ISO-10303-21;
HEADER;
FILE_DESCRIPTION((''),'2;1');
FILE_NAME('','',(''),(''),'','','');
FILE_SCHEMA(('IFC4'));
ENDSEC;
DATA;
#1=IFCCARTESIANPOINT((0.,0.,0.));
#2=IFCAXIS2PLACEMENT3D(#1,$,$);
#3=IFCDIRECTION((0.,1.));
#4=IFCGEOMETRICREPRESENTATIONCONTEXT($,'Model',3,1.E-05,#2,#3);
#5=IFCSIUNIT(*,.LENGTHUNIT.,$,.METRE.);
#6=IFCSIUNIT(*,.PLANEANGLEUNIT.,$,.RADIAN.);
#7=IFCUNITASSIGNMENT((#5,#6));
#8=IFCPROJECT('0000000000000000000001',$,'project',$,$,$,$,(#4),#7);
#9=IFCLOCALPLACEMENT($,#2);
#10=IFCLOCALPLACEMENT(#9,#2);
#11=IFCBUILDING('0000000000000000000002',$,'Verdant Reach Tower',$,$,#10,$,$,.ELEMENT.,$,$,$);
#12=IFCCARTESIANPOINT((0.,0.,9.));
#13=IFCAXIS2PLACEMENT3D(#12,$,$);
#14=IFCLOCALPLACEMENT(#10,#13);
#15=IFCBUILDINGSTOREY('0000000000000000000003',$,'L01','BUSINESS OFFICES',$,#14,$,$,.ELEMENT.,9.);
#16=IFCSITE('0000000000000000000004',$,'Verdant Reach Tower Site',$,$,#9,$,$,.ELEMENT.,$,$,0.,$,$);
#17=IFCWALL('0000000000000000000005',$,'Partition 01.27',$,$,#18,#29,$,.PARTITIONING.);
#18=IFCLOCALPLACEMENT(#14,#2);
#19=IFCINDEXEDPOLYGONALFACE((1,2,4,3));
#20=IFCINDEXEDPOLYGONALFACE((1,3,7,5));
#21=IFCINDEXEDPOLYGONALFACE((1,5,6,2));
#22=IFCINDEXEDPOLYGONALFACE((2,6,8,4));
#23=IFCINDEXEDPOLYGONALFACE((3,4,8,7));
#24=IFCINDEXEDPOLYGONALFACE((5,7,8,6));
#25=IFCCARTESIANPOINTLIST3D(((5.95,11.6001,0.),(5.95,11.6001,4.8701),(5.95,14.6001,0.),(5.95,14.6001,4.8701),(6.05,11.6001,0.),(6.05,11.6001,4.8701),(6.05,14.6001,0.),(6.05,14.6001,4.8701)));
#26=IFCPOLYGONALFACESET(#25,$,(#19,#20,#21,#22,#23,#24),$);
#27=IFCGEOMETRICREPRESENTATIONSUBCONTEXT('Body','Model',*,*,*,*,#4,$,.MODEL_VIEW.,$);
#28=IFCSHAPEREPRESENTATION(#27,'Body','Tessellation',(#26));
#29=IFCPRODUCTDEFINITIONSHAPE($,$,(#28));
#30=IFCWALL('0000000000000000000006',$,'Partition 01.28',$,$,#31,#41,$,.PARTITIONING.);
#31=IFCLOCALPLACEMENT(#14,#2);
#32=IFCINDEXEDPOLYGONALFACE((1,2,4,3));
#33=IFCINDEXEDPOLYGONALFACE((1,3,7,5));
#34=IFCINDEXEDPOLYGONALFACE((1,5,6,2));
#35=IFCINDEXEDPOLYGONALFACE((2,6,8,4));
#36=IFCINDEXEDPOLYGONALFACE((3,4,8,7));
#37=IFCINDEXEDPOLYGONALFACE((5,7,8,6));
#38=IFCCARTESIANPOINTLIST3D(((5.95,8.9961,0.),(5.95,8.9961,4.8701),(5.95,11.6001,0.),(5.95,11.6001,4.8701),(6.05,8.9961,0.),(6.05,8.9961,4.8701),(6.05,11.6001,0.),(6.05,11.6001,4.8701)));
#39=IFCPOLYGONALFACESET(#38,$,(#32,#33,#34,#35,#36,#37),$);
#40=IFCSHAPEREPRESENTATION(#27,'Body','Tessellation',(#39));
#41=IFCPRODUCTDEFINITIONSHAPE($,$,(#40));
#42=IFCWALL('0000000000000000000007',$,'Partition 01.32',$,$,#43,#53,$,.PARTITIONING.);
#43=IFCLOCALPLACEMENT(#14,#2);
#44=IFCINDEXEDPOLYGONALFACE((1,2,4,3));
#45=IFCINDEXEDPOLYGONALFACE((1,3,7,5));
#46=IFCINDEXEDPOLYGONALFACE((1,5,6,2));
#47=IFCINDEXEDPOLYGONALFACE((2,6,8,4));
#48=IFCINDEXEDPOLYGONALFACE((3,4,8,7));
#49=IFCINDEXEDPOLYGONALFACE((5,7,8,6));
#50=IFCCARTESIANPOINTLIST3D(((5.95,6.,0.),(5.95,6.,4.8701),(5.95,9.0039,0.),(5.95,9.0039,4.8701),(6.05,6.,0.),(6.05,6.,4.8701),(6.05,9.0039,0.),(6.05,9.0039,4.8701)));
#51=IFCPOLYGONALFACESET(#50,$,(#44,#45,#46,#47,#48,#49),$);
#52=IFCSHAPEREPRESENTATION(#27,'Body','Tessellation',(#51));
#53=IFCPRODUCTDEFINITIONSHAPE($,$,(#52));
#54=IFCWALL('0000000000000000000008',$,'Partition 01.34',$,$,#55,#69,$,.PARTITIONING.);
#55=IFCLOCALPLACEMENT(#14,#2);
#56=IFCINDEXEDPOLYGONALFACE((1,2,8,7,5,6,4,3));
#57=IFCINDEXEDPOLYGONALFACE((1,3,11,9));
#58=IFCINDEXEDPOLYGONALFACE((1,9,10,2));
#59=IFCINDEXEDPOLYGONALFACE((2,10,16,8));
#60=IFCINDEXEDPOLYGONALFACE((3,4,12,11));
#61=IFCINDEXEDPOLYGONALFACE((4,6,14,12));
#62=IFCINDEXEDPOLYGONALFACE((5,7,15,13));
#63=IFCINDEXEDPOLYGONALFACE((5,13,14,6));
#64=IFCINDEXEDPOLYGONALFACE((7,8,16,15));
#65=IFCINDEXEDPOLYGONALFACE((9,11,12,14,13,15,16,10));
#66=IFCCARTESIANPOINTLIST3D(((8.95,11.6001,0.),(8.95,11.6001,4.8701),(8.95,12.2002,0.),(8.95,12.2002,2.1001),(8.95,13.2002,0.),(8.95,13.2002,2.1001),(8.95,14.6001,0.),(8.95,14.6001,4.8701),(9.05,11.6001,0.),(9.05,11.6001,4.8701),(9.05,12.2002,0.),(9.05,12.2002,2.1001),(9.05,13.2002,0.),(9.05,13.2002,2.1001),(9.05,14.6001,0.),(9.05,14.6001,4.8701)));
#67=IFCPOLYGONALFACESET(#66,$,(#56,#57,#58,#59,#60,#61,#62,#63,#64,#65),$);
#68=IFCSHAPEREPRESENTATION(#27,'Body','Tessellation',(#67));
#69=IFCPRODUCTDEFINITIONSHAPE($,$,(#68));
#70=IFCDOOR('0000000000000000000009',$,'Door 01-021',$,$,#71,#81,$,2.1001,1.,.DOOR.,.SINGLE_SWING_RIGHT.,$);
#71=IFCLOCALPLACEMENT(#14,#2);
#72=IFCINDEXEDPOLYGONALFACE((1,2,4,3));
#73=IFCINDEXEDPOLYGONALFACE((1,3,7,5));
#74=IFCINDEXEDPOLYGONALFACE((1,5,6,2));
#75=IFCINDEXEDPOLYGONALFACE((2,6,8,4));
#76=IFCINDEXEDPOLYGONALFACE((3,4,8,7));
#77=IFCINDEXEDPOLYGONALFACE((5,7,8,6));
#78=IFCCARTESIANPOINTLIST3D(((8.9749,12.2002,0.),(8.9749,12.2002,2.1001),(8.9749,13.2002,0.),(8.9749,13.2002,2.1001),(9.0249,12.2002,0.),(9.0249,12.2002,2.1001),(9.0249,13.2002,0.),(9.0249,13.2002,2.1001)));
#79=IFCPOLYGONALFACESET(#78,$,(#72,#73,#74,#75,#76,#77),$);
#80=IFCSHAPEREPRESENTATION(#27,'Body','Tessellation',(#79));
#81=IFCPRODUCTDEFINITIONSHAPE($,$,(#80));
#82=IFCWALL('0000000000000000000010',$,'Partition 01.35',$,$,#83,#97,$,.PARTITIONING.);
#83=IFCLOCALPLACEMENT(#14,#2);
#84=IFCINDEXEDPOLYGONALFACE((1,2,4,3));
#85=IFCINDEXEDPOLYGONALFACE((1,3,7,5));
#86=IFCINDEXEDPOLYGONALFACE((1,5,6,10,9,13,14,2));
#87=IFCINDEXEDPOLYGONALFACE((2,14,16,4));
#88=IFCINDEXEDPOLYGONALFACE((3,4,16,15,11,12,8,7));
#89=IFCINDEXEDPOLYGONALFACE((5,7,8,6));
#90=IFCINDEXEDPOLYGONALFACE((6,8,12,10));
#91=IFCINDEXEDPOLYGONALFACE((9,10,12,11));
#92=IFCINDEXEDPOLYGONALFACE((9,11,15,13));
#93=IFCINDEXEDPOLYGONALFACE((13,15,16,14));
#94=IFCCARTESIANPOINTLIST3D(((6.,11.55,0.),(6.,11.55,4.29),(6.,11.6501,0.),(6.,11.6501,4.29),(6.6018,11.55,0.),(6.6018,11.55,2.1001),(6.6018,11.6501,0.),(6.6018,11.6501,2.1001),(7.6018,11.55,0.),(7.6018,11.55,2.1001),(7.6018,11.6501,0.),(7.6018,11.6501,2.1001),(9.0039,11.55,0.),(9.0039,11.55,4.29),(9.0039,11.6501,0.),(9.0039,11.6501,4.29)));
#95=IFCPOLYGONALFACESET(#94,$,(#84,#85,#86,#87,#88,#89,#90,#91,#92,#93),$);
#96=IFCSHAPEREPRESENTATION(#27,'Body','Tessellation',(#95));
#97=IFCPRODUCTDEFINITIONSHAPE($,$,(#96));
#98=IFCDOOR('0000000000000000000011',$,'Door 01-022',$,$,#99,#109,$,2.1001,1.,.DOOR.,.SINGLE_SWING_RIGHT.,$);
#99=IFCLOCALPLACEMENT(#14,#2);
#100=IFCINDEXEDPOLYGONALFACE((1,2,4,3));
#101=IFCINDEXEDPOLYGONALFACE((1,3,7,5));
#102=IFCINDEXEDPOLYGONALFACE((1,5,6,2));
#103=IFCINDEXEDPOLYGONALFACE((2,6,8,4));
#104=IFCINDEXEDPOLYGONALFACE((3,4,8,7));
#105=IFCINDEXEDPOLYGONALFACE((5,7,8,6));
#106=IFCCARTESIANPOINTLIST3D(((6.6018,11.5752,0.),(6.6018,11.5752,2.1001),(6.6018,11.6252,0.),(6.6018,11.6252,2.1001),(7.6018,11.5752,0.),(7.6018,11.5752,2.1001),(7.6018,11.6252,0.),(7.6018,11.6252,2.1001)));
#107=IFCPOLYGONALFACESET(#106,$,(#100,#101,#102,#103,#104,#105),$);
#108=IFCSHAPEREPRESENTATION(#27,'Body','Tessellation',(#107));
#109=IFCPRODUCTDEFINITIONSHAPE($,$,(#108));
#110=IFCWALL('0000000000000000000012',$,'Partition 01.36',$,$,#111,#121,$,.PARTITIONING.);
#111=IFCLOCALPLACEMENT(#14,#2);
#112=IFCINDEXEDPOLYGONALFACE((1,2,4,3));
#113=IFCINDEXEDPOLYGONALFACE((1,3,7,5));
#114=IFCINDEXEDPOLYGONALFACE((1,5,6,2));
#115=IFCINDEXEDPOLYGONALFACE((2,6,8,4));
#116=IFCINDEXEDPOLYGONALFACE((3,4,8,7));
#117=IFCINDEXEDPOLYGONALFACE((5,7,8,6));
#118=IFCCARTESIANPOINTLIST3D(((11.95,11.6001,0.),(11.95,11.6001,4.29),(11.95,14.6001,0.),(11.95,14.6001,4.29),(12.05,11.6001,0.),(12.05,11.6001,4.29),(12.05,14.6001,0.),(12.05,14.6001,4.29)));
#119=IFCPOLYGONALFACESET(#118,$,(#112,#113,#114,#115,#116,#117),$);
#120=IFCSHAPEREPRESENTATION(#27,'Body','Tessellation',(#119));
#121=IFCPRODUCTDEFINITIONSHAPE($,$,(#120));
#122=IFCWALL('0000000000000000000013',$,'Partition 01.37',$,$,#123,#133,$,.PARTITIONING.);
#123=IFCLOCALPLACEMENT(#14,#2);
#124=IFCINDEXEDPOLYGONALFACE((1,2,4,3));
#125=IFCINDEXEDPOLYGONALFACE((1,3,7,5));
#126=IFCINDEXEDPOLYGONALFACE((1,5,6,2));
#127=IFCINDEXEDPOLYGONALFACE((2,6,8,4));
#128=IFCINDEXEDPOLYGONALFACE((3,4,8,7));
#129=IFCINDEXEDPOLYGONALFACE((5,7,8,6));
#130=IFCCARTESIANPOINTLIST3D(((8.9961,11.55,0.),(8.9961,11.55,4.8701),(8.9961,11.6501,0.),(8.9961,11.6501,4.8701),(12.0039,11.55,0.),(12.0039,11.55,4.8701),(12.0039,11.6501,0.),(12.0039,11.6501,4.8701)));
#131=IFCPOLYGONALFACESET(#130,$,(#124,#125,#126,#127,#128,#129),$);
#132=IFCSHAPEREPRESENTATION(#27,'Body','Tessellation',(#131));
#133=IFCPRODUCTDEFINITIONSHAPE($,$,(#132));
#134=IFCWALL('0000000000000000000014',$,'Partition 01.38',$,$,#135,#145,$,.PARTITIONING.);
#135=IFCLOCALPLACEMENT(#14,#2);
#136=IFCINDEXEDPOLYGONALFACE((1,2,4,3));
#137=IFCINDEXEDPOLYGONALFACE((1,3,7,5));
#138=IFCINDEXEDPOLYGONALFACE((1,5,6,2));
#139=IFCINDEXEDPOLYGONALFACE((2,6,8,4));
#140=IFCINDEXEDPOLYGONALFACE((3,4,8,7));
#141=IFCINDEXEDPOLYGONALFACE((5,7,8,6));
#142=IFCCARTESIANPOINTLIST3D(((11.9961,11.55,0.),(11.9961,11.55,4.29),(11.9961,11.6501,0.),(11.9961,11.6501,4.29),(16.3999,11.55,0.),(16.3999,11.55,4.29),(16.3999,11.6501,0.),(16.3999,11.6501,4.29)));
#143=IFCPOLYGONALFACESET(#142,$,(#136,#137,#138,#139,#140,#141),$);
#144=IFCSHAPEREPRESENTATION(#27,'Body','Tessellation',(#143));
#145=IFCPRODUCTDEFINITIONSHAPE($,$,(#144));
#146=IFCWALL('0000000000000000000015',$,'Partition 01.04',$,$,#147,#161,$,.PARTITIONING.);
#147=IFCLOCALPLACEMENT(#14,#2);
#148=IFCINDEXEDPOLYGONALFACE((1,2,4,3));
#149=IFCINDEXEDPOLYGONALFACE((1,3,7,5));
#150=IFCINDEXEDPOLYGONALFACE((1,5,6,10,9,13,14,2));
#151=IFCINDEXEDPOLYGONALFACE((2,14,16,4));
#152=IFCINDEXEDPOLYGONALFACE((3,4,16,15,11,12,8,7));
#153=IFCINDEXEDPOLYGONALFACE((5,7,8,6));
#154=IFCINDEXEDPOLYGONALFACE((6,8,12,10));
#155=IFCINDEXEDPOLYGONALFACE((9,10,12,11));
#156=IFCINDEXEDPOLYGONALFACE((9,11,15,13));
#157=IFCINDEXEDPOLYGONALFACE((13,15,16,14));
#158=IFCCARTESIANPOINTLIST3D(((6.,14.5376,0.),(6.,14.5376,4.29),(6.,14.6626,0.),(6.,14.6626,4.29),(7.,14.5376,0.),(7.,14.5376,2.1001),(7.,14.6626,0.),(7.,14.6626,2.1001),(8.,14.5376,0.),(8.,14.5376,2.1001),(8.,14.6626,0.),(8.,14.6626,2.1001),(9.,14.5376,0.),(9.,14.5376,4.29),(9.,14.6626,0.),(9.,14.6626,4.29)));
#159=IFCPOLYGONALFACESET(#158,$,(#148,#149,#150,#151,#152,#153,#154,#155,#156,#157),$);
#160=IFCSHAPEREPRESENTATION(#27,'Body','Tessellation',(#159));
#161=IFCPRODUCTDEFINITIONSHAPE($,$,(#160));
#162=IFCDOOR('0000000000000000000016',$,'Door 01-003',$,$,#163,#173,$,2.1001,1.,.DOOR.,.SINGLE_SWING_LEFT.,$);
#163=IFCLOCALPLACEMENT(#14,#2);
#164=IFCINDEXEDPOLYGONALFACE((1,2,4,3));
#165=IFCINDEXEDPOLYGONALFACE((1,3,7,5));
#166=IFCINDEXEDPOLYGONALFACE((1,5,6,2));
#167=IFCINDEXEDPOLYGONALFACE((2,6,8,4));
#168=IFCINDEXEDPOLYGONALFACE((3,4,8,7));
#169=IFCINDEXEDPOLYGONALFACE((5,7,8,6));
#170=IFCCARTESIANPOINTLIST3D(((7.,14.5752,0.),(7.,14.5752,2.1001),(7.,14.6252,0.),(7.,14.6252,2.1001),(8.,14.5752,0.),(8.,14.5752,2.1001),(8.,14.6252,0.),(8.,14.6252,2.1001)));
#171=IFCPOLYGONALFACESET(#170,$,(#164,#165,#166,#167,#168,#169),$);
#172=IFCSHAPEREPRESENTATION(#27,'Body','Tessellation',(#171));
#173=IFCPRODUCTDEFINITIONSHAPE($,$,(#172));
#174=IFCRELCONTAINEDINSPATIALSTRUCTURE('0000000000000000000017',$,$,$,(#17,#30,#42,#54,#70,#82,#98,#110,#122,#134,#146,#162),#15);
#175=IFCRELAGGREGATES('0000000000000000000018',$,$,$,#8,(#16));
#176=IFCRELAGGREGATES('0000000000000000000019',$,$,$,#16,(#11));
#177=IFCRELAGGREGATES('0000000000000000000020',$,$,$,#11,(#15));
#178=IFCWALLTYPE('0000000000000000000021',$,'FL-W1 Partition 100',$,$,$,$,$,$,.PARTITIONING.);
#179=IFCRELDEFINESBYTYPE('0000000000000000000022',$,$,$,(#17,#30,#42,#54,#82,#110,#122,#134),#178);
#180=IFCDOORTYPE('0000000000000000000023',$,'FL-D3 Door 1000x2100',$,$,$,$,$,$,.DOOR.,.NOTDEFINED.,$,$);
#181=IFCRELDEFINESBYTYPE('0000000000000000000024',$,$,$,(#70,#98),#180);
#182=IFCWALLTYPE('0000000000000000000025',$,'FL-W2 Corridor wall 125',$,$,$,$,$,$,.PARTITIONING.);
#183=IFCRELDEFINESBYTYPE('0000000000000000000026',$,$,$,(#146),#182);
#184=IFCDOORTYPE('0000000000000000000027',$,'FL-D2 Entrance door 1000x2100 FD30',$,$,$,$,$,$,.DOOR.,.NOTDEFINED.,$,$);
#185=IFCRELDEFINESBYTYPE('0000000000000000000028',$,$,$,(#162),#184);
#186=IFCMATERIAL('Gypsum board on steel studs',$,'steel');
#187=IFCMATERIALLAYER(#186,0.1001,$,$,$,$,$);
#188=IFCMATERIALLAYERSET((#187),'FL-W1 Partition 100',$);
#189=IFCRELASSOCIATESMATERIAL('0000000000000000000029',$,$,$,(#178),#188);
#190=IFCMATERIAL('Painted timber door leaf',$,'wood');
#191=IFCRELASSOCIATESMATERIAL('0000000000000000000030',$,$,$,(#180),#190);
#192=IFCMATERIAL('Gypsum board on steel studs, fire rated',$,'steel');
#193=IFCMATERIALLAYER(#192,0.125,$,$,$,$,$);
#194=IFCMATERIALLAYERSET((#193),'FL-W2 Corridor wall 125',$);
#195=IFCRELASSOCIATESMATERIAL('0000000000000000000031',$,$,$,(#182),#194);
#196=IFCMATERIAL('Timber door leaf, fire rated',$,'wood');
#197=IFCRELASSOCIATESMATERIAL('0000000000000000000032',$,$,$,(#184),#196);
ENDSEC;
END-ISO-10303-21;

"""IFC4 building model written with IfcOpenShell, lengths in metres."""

from ifc_helpers import new_model, si_unit, direction, frame, frame_2d, origin, place, context, subcontext, project, spatial, rectangle, extrude, material, layer, layer_set, type_object, element, fill, save


model = new_model("IFC4")

# Units and contexts
model_context = context("Model", 3, precision=1e-05, world=origin(), true_north=direction((0.0, 1.0)))
body_context = subcontext(model_context, "Body", "Model", "MODEL_VIEW")
ifc_project = project(units=[si_unit("LENGTHUNIT", "METRE"), si_unit("PLANEANGLEUNIT", "RADIAN")], contexts=[model_context])

# Site, building, storey
site_placement = place(None, origin())
site = spatial("IfcSite", under=ifc_project, at=site_placement, Name="Verdant Reach Tower Site", CompositionType="ELEMENT", RefElevation=0.0)
building_placement = place(site_placement, origin())
building = spatial("IfcBuilding", under=site, at=building_placement, Name="Verdant Reach Tower", CompositionType="ELEMENT")
storey_placement = place(building_placement, frame((0.0, 0.0, 9.0)))
storey = spatial("IfcBuildingStorey", under=building, at=storey_placement, Name="L01", Description="BUSINESS OFFICES", CompositionType="ELEMENT", Elevation=9.0)

# Shared definitions
ifc_material_1 = material(Name="Gypsum board on steel studs", Category="steel")

# Shared definitions
ifc_layer_1 = layer(ifc_material_1, 0.1001)
ifc_layer_set_1 = layer_set([ifc_layer_1], Name="FL-W1 Partition 100")
wall_type_1 = type_object("IfcWallType", Name="FL-W1 Partition 100", PredefinedType="PARTITIONING", material=ifc_layer_set_1)
ifc_material_2 = material(Name="Painted timber door leaf", Category="wood")
door_type_1 = type_object("IfcDoorType", Name="FL-D3 Door 1000x2100", OperationType="NOTDEFINED", PredefinedType="DOOR", material=ifc_material_2)

# Walls
wall_1_placement = place(storey_placement, frame((6.0, 11.6001, 0.0), z_axis=(0.0, 0.0, 1.0), x_axis=(0.0, 1.0, 0.0)))
element("IfcWall", 1, at=wall_1_placement, inside=storey, type_object=wall_type_1, Name="Partition 01.27", PredefinedType="PARTITIONING", context=body_context, shape_type="SweptSolid", body=[
    extrude(rectangle(XDim=3.0, YDim=0.1001, at=frame_2d((1.5, 0.0))), origin(), (0.0, 0.0, 1.0), 4.8701),
])
wall_2_placement = place(storey_placement, frame((6.0, 8.9961, 0.0), z_axis=(0.0, 0.0, 1.0), x_axis=(0.0, 1.0, 0.0)))
element("IfcWall", 2, at=wall_2_placement, inside=storey, type_object=wall_type_1, Name="Partition 01.28", PredefinedType="PARTITIONING", context=body_context, shape_type="SweptSolid", body=[
    extrude(rectangle(XDim=2.604, YDim=0.1001, at=frame_2d((1.302, 0.0))), origin(), (0.0, 0.0, 1.0), 4.8701),
])
wall_3_placement = place(storey_placement, frame((6.0, 6.0, 0.0), z_axis=(0.0, 0.0, 1.0), x_axis=(0.0, 1.0, 0.0)))
element("IfcWall", 3, at=wall_3_placement, inside=storey, type_object=wall_type_1, Name="Partition 01.32", PredefinedType="PARTITIONING", context=body_context, shape_type="SweptSolid", body=[
    extrude(rectangle(XDim=3.0039, YDim=0.1001, at=frame_2d((1.502, 0.0))), origin(), (0.0, 0.0, 1.0), 4.8701),
])

# Walls, openings, doors
wall_4_placement = place(storey_placement, frame((9.0, 14.6001, 0.0), z_axis=(0.0, 0.0, 1.0), x_axis=(0.0, -1.0, 0.0)))
wall_4 = element("IfcWall", 4, at=wall_4_placement, inside=storey, type_object=wall_type_1, Name="Partition 01.34", PredefinedType="PARTITIONING", context=body_context, shape_type="SweptSolid", body=[
    extrude(rectangle(XDim=3.0, YDim=0.1001, at=frame_2d((1.5, 0.0))), origin(), (0.0, 0.0, 1.0), 4.8701),
])
opening_1_placement = place(wall_4_placement, frame((1.3999, 0.0, 0.0)))
opening_1 = element("IfcOpeningElement", 5, at=opening_1_placement, cuts=wall_4, PredefinedType="OPENING", context=body_context, shape_type="SweptSolid", body=[
    extrude(rectangle(XDim=1.0, YDim=2.1001, at=frame_2d((0.5, 1.05))), frame((0.0, 0.0601, 0.0), z_axis=(0.0, -1.0, 0.0), x_axis=(1.0, 0.0, 0.0)), (0.0, 0.0, 1.0), 0.1201),
])
door_1_placement = place(opening_1_placement, origin())
door_1 = element("IfcDoor", 6, at=door_1_placement, inside=storey, type_object=door_type_1, Name="Door 01-021", OperationType="SINGLE_SWING_RIGHT", OverallHeight=2.1001, OverallWidth=1.0, PredefinedType="DOOR", context=body_context, shape_type="SweptSolid", body=[
    extrude(rectangle(XDim=1.0, YDim=2.1001, at=frame_2d((0.5, 1.05))), frame((0.0, 0.0249, 0.0), z_axis=(0.0, -1.0, 0.0), x_axis=(1.0, 0.0, 0.0)), (0.0, 0.0, 1.0), 0.05),
])
fill(opening_1, door_1)
wall_5_placement = place(storey_placement, frame((9.0039, 11.6001, 0.0), z_axis=(0.0, 0.0, 1.0), x_axis=(-1.0, 0.0, 0.0)))
wall_5 = element("IfcWall", 7, at=wall_5_placement, inside=storey, type_object=wall_type_1, Name="Partition 01.35", PredefinedType="PARTITIONING", context=body_context, shape_type="SweptSolid", body=[
    extrude(rectangle(XDim=3.0039, YDim=0.1001, at=frame_2d((1.502, 0.0))), origin(), (0.0, 0.0, 1.0), 4.29),
])
opening_2_placement = place(wall_5_placement, frame((1.4021, 0.0, 0.0)))
opening_2 = element("IfcOpeningElement", 8, at=opening_2_placement, cuts=wall_5, PredefinedType="OPENING", context=body_context, shape_type="SweptSolid", body=[
    extrude(rectangle(XDim=1.0, YDim=2.1001, at=frame_2d((0.5, 1.05))), frame((0.0, 0.0601, 0.0), z_axis=(0.0, -1.0, 0.0), x_axis=(1.0, 0.0, 0.0)), (0.0, 0.0, 1.0), 0.1201),
])
door_2_placement = place(opening_2_placement, origin())
door_2 = element("IfcDoor", 9, at=door_2_placement, inside=storey, type_object=door_type_1, Name="Door 01-022", OperationType="SINGLE_SWING_RIGHT", OverallHeight=2.1001, OverallWidth=1.0, PredefinedType="DOOR", context=body_context, shape_type="SweptSolid", body=[
    extrude(rectangle(XDim=1.0, YDim=2.1001, at=frame_2d((0.5, 1.05))), frame((0.0, 0.0249, 0.0), z_axis=(0.0, -1.0, 0.0), x_axis=(1.0, 0.0, 0.0)), (0.0, 0.0, 1.0), 0.05),
])
fill(opening_2, door_2)

# Walls
wall_6_placement = place(storey_placement, frame((12.0, 11.6001, 0.0), z_axis=(0.0, 0.0, 1.0), x_axis=(0.0, 1.0, 0.0)))
element("IfcWall", 10, at=wall_6_placement, inside=storey, type_object=wall_type_1, Name="Partition 01.36", PredefinedType="PARTITIONING", context=body_context, shape_type="SweptSolid", body=[
    extrude(rectangle(XDim=3.0, YDim=0.1001, at=frame_2d((1.5, 0.0))), origin(), (0.0, 0.0, 1.0), 4.29),
])
wall_7_placement = place(storey_placement, frame((8.9961, 11.6001, 0.0), z_axis=(0.0, 0.0, 1.0), x_axis=(1.0, 0.0, 0.0)))
element("IfcWall", 11, at=wall_7_placement, inside=storey, type_object=wall_type_1, Name="Partition 01.37", PredefinedType="PARTITIONING", context=body_context, shape_type="SweptSolid", body=[
    extrude(rectangle(XDim=3.0078, YDim=0.1001, at=frame_2d((1.5039, 0.0))), origin(), (0.0, 0.0, 1.0), 4.8701),
])
wall_8_placement = place(storey_placement, frame((11.9961, 11.6001, 0.0), z_axis=(0.0, 0.0, 1.0), x_axis=(1.0, 0.0, 0.0)))
element("IfcWall", 12, at=wall_8_placement, inside=storey, type_object=wall_type_1, Name="Partition 01.38", PredefinedType="PARTITIONING", context=body_context, shape_type="SweptSolid", body=[
    extrude(rectangle(XDim=4.4038, YDim=0.1001, at=frame_2d((2.2019, 0.0))), origin(), (0.0, 0.0, 1.0), 4.29),
])

# Wall, opening, door
ifc_material_3 = material(Name="Gypsum board on steel studs, fire rated", Category="steel")
ifc_layer_2 = layer(ifc_material_3, 0.125)
ifc_layer_set_2 = layer_set([ifc_layer_2], Name="FL-W2 Corridor wall 125")
wall_type_2 = type_object("IfcWallType", Name="FL-W2 Corridor wall 125", PredefinedType="PARTITIONING", material=ifc_layer_set_2)
wall_9_placement = place(storey_placement, frame((9.0, 14.6001, 0.0), z_axis=(0.0, 0.0, 1.0), x_axis=(-1.0, 0.0, 0.0)))
wall_9 = element("IfcWall", 13, at=wall_9_placement, inside=storey, type_object=wall_type_2, Name="Partition 01.04", PredefinedType="PARTITIONING", context=body_context, shape_type="SweptSolid", body=[
    extrude(rectangle(XDim=3.0, YDim=0.125, at=frame_2d((1.5, 0.0))), origin(), (0.0, 0.0, 1.0), 4.29),
])
opening_3_placement = place(wall_9_placement, frame((1.0, 0.0, 0.0)))
opening_3 = element("IfcOpeningElement", 14, at=opening_3_placement, cuts=wall_9, PredefinedType="OPENING", context=body_context, shape_type="SweptSolid", body=[
    extrude(rectangle(XDim=1.0, YDim=2.1001, at=frame_2d((0.5, 1.05))), frame((0.0, 0.0725, 0.0), z_axis=(0.0, -1.0, 0.0), x_axis=(1.0, 0.0, 0.0)), (0.0, 0.0, 1.0), 0.145),
])
ifc_material_4 = material(Name="Timber door leaf, fire rated", Category="wood")
door_type_2 = type_object("IfcDoorType", Name="FL-D2 Entrance door 1000x2100 FD30", OperationType="NOTDEFINED", PredefinedType="DOOR", material=ifc_material_4)
door_3_placement = place(opening_3_placement, origin())
door_3 = element("IfcDoor", 15, at=door_3_placement, inside=storey, type_object=door_type_2, Name="Door 01-003", OperationType="SINGLE_SWING_LEFT", OverallHeight=2.1001, OverallWidth=1.0, PredefinedType="DOOR", context=body_context, shape_type="SweptSolid", body=[
    extrude(rectangle(XDim=1.0, YDim=2.1001, at=frame_2d((0.5, 1.05))), frame((0.0, 0.0249, 0.0), z_axis=(0.0, -1.0, 0.0), x_axis=(1.0, 0.0, 0.0)), (0.0, 0.0, 1.0), 0.05),
])
fill(opening_3, door_3)

save(model, "model.ifc")
